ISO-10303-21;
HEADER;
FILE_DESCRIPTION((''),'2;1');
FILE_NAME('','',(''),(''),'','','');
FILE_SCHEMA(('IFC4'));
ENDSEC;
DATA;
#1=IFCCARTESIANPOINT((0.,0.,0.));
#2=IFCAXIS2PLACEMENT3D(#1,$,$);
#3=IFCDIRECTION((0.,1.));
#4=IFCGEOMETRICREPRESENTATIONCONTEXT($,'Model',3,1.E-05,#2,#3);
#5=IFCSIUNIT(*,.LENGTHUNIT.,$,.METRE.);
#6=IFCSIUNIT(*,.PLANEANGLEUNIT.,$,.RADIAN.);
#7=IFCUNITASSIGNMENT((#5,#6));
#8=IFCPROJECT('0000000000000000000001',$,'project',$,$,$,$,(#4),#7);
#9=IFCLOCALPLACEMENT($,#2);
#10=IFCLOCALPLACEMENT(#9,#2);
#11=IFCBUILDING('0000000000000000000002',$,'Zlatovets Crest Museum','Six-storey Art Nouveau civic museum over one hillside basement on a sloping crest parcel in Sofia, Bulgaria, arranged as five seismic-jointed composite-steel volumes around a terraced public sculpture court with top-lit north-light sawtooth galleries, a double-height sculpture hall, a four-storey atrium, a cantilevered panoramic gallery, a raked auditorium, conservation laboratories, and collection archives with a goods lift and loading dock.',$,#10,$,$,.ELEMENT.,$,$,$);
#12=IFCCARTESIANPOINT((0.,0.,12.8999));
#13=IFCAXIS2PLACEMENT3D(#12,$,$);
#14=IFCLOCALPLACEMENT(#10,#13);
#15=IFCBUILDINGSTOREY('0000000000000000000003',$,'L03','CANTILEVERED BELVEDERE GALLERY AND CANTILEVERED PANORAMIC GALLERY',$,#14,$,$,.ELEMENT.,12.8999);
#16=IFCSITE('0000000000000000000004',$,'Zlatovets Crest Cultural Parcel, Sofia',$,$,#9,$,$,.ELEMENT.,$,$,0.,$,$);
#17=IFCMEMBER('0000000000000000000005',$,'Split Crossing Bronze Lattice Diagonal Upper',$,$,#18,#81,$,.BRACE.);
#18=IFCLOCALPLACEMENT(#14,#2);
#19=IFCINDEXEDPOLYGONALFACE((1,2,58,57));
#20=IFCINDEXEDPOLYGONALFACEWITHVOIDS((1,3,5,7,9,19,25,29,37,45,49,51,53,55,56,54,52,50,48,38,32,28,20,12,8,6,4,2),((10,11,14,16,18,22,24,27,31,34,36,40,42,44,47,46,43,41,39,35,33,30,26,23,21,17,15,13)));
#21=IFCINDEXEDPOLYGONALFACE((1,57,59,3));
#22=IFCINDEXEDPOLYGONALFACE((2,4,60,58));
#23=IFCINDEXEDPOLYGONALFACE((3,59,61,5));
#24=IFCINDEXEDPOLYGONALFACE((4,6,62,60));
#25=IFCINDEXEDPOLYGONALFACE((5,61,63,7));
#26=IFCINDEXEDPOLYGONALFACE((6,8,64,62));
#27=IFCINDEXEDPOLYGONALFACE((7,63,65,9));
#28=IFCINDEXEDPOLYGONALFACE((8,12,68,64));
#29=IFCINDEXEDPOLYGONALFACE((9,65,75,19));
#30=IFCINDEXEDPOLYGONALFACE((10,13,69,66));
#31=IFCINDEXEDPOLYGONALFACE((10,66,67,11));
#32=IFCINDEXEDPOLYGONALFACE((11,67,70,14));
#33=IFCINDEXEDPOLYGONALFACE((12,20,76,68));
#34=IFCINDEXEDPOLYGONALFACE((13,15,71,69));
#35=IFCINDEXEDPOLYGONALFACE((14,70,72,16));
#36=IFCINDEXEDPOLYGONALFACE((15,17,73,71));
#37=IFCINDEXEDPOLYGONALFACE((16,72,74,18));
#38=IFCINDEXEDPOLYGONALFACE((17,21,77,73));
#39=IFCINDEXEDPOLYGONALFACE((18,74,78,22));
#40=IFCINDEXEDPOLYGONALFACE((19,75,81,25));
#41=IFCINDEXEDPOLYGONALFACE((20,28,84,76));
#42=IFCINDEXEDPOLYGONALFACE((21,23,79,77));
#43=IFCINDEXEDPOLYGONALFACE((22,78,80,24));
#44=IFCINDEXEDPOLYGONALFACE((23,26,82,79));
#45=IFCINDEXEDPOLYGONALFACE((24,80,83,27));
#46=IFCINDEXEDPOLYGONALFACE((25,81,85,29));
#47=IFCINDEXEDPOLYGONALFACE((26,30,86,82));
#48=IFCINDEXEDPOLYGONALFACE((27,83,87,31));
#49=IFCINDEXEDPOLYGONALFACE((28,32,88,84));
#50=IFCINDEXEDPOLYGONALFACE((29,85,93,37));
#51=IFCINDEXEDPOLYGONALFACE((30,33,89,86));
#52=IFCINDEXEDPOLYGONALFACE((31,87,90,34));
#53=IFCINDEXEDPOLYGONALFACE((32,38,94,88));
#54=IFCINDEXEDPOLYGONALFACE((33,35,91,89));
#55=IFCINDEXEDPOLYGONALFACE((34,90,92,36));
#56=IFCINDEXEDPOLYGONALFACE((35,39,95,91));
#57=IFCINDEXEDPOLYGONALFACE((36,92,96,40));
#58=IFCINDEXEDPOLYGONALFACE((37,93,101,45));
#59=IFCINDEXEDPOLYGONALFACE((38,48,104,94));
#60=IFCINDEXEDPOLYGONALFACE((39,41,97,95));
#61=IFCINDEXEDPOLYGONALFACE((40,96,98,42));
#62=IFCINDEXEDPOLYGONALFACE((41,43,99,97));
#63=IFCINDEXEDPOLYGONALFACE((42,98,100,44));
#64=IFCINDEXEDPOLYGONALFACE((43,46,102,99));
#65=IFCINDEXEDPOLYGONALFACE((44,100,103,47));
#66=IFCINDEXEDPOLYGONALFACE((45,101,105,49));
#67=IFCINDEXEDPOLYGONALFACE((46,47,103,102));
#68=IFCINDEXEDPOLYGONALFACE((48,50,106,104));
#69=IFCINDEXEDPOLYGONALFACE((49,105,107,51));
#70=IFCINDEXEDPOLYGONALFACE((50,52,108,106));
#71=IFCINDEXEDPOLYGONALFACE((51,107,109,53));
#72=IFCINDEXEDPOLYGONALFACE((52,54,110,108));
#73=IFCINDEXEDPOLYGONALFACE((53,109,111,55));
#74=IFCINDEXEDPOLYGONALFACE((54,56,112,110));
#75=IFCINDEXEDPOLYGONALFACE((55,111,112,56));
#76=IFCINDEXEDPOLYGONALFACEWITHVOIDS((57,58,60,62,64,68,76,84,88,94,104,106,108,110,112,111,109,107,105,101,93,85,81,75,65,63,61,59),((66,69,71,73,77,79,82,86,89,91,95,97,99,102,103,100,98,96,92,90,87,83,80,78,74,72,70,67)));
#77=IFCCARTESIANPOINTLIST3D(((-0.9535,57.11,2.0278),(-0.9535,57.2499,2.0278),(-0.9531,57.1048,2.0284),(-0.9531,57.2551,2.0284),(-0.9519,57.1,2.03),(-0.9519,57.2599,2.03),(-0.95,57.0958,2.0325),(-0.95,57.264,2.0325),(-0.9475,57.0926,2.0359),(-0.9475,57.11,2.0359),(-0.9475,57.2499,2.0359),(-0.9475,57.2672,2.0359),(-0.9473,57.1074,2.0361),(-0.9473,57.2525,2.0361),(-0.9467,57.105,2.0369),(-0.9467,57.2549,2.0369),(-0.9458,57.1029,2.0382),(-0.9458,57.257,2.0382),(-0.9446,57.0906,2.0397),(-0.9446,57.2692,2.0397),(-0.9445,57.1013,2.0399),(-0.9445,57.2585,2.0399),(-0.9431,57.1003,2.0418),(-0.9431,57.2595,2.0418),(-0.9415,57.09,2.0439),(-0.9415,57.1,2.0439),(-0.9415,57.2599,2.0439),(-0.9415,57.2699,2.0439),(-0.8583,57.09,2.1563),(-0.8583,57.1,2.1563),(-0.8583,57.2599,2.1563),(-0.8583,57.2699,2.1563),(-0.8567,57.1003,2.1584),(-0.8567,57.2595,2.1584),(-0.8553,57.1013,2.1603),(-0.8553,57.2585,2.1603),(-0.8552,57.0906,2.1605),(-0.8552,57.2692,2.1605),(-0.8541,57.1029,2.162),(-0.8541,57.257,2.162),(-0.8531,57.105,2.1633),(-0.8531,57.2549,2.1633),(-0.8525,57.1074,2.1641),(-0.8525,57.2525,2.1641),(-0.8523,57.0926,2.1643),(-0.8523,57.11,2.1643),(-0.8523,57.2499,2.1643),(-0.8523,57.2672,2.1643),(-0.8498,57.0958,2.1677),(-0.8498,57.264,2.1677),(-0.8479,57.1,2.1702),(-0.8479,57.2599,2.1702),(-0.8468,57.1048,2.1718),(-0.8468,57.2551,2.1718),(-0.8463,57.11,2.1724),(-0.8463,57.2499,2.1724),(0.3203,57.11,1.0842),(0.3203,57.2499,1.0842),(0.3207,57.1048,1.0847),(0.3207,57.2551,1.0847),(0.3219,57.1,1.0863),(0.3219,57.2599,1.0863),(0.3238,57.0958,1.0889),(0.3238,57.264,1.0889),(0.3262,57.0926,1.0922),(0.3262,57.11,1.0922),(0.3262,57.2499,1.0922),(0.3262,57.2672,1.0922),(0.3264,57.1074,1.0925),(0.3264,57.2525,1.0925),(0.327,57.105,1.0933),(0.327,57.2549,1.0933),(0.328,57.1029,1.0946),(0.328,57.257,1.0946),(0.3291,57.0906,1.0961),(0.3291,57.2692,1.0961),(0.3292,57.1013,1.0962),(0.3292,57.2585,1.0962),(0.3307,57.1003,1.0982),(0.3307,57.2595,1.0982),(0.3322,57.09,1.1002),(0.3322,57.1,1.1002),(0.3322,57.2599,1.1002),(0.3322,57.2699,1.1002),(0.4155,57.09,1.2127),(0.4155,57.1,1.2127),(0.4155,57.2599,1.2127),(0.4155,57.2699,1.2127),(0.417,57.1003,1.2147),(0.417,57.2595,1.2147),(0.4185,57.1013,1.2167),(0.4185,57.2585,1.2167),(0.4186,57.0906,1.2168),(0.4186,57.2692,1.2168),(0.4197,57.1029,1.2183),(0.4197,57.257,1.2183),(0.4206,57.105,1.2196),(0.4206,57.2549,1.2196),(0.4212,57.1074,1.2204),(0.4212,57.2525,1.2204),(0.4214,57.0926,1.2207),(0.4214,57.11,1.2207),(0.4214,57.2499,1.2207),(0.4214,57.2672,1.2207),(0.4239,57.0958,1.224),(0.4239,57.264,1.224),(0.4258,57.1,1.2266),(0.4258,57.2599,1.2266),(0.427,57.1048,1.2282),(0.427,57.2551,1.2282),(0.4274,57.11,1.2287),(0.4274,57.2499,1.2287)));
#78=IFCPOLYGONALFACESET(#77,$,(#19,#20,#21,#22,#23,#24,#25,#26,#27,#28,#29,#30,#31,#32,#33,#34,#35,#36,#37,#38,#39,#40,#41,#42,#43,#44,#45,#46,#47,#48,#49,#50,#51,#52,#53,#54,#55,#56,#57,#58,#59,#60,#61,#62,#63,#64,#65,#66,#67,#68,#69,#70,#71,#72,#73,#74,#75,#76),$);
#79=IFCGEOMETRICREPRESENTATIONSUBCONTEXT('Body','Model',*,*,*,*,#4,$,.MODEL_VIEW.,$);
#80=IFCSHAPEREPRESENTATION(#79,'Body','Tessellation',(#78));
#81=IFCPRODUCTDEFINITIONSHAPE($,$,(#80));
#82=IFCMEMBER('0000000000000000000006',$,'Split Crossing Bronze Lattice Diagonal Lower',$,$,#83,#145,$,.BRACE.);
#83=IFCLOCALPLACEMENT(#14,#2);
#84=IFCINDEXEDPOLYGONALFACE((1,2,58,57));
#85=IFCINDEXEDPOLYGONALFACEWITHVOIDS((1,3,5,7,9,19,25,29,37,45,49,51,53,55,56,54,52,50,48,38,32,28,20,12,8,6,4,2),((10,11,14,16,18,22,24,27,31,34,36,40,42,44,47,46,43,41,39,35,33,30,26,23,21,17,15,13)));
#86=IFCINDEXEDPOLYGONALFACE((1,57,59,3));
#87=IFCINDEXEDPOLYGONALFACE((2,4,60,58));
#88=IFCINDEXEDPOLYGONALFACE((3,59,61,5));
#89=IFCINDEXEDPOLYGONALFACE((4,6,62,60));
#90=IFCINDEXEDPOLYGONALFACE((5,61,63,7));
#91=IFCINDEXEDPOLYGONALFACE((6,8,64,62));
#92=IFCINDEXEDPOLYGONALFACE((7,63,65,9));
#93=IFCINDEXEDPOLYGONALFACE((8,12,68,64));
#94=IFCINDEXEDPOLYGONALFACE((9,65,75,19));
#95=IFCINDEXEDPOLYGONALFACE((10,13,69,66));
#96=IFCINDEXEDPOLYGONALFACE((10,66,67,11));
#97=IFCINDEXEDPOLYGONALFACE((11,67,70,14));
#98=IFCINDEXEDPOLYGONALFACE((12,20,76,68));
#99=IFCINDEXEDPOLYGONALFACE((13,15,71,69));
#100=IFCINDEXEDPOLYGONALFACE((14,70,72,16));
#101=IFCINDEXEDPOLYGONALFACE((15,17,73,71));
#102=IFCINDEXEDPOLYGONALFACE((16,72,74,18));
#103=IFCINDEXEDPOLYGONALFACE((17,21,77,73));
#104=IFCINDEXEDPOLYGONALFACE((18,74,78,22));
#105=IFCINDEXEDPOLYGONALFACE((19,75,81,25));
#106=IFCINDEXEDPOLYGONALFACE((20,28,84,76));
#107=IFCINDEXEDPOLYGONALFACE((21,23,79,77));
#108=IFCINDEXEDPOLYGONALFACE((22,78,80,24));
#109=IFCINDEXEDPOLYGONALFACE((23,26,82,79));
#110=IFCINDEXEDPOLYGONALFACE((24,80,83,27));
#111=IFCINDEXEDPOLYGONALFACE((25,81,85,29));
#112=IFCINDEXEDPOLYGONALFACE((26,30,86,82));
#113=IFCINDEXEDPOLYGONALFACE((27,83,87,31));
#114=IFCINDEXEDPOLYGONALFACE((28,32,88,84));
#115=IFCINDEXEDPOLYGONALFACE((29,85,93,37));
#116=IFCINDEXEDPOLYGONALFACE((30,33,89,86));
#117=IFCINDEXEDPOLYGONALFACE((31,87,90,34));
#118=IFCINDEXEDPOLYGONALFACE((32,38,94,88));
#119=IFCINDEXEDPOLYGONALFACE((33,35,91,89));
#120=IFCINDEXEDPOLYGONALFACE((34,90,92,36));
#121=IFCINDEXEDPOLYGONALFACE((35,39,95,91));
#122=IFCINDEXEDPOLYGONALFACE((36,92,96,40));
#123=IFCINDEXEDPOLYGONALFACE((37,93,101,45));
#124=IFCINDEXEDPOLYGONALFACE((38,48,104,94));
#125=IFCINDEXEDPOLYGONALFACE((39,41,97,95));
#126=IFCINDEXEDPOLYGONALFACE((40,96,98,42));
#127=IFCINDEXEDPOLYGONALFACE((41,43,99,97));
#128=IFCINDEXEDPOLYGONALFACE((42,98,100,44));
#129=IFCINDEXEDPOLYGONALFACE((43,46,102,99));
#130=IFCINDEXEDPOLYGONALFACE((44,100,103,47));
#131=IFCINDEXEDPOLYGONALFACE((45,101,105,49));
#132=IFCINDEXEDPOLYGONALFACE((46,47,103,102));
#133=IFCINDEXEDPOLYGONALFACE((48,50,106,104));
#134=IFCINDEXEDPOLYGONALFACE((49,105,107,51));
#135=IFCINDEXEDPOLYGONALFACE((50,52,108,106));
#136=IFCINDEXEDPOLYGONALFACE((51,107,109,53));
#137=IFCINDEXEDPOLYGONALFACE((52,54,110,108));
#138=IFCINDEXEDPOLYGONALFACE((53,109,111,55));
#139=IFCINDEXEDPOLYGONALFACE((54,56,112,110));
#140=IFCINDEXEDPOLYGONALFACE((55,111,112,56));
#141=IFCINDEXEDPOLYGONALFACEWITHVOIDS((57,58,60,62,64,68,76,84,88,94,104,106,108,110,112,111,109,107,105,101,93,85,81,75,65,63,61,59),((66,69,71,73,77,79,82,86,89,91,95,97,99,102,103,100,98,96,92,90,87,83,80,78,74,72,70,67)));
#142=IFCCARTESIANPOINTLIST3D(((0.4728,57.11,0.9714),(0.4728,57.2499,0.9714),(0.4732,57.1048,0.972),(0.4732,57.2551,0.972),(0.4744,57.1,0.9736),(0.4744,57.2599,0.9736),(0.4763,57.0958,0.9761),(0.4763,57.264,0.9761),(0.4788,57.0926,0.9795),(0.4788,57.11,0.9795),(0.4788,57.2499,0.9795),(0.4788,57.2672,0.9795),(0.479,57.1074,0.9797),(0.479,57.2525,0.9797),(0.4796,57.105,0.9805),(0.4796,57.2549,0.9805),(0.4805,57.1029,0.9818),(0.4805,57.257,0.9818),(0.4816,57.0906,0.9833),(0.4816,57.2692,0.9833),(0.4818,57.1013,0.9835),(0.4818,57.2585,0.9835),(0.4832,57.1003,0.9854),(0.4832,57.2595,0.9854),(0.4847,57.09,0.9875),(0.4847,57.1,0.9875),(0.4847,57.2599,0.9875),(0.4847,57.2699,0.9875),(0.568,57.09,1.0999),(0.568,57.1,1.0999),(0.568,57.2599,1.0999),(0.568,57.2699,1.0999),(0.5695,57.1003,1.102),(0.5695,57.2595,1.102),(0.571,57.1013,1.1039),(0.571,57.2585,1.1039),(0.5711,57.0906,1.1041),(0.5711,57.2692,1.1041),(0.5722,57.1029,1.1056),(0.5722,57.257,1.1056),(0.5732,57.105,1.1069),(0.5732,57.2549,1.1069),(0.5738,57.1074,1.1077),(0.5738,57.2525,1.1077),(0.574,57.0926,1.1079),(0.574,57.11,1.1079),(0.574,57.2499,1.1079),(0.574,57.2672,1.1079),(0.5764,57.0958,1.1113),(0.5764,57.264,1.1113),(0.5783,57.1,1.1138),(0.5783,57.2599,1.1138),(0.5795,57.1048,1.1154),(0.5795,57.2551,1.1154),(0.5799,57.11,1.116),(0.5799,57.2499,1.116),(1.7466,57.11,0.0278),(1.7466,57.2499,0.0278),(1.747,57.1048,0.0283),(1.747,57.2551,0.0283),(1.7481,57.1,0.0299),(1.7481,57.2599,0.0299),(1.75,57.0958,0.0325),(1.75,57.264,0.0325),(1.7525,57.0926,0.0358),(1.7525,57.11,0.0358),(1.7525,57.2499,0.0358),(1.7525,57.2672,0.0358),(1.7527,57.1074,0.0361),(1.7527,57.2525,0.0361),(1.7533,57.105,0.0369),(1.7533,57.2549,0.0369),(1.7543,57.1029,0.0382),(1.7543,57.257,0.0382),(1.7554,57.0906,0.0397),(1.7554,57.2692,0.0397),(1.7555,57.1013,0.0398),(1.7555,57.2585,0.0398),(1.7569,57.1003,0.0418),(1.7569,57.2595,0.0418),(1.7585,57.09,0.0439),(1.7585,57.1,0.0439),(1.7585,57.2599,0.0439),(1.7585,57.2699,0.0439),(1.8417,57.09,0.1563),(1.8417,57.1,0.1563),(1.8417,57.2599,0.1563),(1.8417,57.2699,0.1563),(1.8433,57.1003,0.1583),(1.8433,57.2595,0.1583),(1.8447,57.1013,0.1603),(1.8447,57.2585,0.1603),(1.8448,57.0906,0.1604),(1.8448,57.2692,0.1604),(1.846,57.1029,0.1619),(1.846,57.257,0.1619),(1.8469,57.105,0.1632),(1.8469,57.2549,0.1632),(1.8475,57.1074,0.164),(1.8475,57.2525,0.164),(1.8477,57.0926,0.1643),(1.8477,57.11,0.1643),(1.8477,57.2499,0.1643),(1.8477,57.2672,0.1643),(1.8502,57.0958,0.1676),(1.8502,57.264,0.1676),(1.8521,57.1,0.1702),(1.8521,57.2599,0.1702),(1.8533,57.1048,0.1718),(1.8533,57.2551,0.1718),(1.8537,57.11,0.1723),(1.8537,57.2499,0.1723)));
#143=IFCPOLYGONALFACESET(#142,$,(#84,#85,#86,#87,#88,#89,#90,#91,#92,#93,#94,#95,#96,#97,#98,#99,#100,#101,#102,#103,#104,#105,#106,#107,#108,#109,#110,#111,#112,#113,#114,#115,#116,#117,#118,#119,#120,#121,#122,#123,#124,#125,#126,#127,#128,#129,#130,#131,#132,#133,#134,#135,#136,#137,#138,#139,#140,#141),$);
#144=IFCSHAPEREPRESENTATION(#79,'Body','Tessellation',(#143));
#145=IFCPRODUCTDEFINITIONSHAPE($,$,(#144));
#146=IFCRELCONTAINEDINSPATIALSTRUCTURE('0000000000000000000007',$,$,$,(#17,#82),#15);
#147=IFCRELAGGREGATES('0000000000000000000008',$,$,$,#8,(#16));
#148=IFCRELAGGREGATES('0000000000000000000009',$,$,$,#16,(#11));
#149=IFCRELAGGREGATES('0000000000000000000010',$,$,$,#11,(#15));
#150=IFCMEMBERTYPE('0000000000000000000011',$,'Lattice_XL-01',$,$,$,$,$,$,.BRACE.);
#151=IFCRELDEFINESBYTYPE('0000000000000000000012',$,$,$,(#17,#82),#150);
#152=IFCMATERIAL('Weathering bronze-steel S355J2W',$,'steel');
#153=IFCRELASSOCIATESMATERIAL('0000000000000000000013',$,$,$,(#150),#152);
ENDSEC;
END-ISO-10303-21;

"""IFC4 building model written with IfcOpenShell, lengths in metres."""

from ifc_helpers import new_model, si_unit, direction, frame, origin, origin_2d, place, context, subcontext, project, spatial, hollow_rectangle, extrude, material, material_profile, profile_set, type_object, element, save


model = new_model("IFC4")

# Units and contexts
model_context = context("Model", 3, precision=1e-05, world=origin(), true_north=direction((0.0, 1.0)))
body_context = subcontext(model_context, "Body", "Model", "MODEL_VIEW")
ifc_project = project(units=[si_unit("LENGTHUNIT", "METRE"), si_unit("PLANEANGLEUNIT", "RADIAN")], contexts=[model_context])

# Site, building, storey
site_placement = place(None, origin())
site = spatial("IfcSite", under=ifc_project, at=site_placement, Name="Zlatovets Crest Cultural Parcel, Sofia", CompositionType="ELEMENT", RefElevation=0.0)
building_placement = place(site_placement, origin())
building = spatial("IfcBuilding", under=site, at=building_placement, Name="Zlatovets Crest Museum", Description="Six-storey Art Nouveau civic museum over one hillside basement on a sloping crest parcel in Sofia, Bulgaria, arranged as five seismic-jointed composite-steel volumes around a terraced public sculpture court with top-lit north-light sawtooth galleries, a double-height sculpture hall, a four-storey atrium, a cantilevered panoramic gallery, a raked auditorium, conservation laboratories, and collection archives with a goods lift and loading dock.", CompositionType="ELEMENT")
storey_placement = place(building_placement, frame((0.0, 0.0, 12.8999)))
storey = spatial("IfcBuildingStorey", under=building, at=storey_placement, Name="L03", Description="CANTILEVERED BELVEDERE GALLERY AND CANTILEVERED PANORAMIC GALLERY", CompositionType="ELEMENT", Elevation=12.8999)

# Members
ifc_material_1 = material(Name="Weathering bronze-steel S355J2W", Category="steel")
ifc_material_profile_1 = material_profile(ifc_material_1, hollow_rectangle(XDim=0.1799, YDim=0.1799, WallThickness=0.01, InnerFilletRadius=0.01, OuterFilletRadius=0.02, at=origin_2d()), Name="SHS 180x180x10.0")
ifc_profile_set_1 = profile_set([ifc_material_profile_1], Name="Weathering bronze-steel S355J2W")
member_type_1 = type_object("IfcMemberType", Name="Lattice_XL-01", PredefinedType="BRACE", material=ifc_profile_set_1)
for number, where, z_axis, x_axis, name in (
    (1, (-0.8999, 57.1799, 2.1001), (0.803516, 0.0, -0.595283), (0.0, 1.0, 0.0), "Split Crossing Bronze Lattice Diagonal Upper"),
    (2, (0.5264, 57.1799, 1.0437), (0.803516, 0.0, -0.595283), (0.0, 1.0, 0.0), "Split Crossing Bronze Lattice Diagonal Lower"),
):
    element("IfcMember", number, at=place(storey_placement, frame(where, z_axis=z_axis, x_axis=x_axis)), inside=storey, type_object=member_type_1, Name=name, PredefinedType="BRACE", context=body_context, shape_type="SweptSolid", body=[
        extrude(hollow_rectangle(XDim=0.1799, YDim=0.1799, WallThickness=0.01, InnerFilletRadius=0.01, OuterFilletRadius=0.02, at=origin_2d()), origin(), (0.0, 0.0, 1.0), 1.5852),
    ])

save(model, "model.ifc")
